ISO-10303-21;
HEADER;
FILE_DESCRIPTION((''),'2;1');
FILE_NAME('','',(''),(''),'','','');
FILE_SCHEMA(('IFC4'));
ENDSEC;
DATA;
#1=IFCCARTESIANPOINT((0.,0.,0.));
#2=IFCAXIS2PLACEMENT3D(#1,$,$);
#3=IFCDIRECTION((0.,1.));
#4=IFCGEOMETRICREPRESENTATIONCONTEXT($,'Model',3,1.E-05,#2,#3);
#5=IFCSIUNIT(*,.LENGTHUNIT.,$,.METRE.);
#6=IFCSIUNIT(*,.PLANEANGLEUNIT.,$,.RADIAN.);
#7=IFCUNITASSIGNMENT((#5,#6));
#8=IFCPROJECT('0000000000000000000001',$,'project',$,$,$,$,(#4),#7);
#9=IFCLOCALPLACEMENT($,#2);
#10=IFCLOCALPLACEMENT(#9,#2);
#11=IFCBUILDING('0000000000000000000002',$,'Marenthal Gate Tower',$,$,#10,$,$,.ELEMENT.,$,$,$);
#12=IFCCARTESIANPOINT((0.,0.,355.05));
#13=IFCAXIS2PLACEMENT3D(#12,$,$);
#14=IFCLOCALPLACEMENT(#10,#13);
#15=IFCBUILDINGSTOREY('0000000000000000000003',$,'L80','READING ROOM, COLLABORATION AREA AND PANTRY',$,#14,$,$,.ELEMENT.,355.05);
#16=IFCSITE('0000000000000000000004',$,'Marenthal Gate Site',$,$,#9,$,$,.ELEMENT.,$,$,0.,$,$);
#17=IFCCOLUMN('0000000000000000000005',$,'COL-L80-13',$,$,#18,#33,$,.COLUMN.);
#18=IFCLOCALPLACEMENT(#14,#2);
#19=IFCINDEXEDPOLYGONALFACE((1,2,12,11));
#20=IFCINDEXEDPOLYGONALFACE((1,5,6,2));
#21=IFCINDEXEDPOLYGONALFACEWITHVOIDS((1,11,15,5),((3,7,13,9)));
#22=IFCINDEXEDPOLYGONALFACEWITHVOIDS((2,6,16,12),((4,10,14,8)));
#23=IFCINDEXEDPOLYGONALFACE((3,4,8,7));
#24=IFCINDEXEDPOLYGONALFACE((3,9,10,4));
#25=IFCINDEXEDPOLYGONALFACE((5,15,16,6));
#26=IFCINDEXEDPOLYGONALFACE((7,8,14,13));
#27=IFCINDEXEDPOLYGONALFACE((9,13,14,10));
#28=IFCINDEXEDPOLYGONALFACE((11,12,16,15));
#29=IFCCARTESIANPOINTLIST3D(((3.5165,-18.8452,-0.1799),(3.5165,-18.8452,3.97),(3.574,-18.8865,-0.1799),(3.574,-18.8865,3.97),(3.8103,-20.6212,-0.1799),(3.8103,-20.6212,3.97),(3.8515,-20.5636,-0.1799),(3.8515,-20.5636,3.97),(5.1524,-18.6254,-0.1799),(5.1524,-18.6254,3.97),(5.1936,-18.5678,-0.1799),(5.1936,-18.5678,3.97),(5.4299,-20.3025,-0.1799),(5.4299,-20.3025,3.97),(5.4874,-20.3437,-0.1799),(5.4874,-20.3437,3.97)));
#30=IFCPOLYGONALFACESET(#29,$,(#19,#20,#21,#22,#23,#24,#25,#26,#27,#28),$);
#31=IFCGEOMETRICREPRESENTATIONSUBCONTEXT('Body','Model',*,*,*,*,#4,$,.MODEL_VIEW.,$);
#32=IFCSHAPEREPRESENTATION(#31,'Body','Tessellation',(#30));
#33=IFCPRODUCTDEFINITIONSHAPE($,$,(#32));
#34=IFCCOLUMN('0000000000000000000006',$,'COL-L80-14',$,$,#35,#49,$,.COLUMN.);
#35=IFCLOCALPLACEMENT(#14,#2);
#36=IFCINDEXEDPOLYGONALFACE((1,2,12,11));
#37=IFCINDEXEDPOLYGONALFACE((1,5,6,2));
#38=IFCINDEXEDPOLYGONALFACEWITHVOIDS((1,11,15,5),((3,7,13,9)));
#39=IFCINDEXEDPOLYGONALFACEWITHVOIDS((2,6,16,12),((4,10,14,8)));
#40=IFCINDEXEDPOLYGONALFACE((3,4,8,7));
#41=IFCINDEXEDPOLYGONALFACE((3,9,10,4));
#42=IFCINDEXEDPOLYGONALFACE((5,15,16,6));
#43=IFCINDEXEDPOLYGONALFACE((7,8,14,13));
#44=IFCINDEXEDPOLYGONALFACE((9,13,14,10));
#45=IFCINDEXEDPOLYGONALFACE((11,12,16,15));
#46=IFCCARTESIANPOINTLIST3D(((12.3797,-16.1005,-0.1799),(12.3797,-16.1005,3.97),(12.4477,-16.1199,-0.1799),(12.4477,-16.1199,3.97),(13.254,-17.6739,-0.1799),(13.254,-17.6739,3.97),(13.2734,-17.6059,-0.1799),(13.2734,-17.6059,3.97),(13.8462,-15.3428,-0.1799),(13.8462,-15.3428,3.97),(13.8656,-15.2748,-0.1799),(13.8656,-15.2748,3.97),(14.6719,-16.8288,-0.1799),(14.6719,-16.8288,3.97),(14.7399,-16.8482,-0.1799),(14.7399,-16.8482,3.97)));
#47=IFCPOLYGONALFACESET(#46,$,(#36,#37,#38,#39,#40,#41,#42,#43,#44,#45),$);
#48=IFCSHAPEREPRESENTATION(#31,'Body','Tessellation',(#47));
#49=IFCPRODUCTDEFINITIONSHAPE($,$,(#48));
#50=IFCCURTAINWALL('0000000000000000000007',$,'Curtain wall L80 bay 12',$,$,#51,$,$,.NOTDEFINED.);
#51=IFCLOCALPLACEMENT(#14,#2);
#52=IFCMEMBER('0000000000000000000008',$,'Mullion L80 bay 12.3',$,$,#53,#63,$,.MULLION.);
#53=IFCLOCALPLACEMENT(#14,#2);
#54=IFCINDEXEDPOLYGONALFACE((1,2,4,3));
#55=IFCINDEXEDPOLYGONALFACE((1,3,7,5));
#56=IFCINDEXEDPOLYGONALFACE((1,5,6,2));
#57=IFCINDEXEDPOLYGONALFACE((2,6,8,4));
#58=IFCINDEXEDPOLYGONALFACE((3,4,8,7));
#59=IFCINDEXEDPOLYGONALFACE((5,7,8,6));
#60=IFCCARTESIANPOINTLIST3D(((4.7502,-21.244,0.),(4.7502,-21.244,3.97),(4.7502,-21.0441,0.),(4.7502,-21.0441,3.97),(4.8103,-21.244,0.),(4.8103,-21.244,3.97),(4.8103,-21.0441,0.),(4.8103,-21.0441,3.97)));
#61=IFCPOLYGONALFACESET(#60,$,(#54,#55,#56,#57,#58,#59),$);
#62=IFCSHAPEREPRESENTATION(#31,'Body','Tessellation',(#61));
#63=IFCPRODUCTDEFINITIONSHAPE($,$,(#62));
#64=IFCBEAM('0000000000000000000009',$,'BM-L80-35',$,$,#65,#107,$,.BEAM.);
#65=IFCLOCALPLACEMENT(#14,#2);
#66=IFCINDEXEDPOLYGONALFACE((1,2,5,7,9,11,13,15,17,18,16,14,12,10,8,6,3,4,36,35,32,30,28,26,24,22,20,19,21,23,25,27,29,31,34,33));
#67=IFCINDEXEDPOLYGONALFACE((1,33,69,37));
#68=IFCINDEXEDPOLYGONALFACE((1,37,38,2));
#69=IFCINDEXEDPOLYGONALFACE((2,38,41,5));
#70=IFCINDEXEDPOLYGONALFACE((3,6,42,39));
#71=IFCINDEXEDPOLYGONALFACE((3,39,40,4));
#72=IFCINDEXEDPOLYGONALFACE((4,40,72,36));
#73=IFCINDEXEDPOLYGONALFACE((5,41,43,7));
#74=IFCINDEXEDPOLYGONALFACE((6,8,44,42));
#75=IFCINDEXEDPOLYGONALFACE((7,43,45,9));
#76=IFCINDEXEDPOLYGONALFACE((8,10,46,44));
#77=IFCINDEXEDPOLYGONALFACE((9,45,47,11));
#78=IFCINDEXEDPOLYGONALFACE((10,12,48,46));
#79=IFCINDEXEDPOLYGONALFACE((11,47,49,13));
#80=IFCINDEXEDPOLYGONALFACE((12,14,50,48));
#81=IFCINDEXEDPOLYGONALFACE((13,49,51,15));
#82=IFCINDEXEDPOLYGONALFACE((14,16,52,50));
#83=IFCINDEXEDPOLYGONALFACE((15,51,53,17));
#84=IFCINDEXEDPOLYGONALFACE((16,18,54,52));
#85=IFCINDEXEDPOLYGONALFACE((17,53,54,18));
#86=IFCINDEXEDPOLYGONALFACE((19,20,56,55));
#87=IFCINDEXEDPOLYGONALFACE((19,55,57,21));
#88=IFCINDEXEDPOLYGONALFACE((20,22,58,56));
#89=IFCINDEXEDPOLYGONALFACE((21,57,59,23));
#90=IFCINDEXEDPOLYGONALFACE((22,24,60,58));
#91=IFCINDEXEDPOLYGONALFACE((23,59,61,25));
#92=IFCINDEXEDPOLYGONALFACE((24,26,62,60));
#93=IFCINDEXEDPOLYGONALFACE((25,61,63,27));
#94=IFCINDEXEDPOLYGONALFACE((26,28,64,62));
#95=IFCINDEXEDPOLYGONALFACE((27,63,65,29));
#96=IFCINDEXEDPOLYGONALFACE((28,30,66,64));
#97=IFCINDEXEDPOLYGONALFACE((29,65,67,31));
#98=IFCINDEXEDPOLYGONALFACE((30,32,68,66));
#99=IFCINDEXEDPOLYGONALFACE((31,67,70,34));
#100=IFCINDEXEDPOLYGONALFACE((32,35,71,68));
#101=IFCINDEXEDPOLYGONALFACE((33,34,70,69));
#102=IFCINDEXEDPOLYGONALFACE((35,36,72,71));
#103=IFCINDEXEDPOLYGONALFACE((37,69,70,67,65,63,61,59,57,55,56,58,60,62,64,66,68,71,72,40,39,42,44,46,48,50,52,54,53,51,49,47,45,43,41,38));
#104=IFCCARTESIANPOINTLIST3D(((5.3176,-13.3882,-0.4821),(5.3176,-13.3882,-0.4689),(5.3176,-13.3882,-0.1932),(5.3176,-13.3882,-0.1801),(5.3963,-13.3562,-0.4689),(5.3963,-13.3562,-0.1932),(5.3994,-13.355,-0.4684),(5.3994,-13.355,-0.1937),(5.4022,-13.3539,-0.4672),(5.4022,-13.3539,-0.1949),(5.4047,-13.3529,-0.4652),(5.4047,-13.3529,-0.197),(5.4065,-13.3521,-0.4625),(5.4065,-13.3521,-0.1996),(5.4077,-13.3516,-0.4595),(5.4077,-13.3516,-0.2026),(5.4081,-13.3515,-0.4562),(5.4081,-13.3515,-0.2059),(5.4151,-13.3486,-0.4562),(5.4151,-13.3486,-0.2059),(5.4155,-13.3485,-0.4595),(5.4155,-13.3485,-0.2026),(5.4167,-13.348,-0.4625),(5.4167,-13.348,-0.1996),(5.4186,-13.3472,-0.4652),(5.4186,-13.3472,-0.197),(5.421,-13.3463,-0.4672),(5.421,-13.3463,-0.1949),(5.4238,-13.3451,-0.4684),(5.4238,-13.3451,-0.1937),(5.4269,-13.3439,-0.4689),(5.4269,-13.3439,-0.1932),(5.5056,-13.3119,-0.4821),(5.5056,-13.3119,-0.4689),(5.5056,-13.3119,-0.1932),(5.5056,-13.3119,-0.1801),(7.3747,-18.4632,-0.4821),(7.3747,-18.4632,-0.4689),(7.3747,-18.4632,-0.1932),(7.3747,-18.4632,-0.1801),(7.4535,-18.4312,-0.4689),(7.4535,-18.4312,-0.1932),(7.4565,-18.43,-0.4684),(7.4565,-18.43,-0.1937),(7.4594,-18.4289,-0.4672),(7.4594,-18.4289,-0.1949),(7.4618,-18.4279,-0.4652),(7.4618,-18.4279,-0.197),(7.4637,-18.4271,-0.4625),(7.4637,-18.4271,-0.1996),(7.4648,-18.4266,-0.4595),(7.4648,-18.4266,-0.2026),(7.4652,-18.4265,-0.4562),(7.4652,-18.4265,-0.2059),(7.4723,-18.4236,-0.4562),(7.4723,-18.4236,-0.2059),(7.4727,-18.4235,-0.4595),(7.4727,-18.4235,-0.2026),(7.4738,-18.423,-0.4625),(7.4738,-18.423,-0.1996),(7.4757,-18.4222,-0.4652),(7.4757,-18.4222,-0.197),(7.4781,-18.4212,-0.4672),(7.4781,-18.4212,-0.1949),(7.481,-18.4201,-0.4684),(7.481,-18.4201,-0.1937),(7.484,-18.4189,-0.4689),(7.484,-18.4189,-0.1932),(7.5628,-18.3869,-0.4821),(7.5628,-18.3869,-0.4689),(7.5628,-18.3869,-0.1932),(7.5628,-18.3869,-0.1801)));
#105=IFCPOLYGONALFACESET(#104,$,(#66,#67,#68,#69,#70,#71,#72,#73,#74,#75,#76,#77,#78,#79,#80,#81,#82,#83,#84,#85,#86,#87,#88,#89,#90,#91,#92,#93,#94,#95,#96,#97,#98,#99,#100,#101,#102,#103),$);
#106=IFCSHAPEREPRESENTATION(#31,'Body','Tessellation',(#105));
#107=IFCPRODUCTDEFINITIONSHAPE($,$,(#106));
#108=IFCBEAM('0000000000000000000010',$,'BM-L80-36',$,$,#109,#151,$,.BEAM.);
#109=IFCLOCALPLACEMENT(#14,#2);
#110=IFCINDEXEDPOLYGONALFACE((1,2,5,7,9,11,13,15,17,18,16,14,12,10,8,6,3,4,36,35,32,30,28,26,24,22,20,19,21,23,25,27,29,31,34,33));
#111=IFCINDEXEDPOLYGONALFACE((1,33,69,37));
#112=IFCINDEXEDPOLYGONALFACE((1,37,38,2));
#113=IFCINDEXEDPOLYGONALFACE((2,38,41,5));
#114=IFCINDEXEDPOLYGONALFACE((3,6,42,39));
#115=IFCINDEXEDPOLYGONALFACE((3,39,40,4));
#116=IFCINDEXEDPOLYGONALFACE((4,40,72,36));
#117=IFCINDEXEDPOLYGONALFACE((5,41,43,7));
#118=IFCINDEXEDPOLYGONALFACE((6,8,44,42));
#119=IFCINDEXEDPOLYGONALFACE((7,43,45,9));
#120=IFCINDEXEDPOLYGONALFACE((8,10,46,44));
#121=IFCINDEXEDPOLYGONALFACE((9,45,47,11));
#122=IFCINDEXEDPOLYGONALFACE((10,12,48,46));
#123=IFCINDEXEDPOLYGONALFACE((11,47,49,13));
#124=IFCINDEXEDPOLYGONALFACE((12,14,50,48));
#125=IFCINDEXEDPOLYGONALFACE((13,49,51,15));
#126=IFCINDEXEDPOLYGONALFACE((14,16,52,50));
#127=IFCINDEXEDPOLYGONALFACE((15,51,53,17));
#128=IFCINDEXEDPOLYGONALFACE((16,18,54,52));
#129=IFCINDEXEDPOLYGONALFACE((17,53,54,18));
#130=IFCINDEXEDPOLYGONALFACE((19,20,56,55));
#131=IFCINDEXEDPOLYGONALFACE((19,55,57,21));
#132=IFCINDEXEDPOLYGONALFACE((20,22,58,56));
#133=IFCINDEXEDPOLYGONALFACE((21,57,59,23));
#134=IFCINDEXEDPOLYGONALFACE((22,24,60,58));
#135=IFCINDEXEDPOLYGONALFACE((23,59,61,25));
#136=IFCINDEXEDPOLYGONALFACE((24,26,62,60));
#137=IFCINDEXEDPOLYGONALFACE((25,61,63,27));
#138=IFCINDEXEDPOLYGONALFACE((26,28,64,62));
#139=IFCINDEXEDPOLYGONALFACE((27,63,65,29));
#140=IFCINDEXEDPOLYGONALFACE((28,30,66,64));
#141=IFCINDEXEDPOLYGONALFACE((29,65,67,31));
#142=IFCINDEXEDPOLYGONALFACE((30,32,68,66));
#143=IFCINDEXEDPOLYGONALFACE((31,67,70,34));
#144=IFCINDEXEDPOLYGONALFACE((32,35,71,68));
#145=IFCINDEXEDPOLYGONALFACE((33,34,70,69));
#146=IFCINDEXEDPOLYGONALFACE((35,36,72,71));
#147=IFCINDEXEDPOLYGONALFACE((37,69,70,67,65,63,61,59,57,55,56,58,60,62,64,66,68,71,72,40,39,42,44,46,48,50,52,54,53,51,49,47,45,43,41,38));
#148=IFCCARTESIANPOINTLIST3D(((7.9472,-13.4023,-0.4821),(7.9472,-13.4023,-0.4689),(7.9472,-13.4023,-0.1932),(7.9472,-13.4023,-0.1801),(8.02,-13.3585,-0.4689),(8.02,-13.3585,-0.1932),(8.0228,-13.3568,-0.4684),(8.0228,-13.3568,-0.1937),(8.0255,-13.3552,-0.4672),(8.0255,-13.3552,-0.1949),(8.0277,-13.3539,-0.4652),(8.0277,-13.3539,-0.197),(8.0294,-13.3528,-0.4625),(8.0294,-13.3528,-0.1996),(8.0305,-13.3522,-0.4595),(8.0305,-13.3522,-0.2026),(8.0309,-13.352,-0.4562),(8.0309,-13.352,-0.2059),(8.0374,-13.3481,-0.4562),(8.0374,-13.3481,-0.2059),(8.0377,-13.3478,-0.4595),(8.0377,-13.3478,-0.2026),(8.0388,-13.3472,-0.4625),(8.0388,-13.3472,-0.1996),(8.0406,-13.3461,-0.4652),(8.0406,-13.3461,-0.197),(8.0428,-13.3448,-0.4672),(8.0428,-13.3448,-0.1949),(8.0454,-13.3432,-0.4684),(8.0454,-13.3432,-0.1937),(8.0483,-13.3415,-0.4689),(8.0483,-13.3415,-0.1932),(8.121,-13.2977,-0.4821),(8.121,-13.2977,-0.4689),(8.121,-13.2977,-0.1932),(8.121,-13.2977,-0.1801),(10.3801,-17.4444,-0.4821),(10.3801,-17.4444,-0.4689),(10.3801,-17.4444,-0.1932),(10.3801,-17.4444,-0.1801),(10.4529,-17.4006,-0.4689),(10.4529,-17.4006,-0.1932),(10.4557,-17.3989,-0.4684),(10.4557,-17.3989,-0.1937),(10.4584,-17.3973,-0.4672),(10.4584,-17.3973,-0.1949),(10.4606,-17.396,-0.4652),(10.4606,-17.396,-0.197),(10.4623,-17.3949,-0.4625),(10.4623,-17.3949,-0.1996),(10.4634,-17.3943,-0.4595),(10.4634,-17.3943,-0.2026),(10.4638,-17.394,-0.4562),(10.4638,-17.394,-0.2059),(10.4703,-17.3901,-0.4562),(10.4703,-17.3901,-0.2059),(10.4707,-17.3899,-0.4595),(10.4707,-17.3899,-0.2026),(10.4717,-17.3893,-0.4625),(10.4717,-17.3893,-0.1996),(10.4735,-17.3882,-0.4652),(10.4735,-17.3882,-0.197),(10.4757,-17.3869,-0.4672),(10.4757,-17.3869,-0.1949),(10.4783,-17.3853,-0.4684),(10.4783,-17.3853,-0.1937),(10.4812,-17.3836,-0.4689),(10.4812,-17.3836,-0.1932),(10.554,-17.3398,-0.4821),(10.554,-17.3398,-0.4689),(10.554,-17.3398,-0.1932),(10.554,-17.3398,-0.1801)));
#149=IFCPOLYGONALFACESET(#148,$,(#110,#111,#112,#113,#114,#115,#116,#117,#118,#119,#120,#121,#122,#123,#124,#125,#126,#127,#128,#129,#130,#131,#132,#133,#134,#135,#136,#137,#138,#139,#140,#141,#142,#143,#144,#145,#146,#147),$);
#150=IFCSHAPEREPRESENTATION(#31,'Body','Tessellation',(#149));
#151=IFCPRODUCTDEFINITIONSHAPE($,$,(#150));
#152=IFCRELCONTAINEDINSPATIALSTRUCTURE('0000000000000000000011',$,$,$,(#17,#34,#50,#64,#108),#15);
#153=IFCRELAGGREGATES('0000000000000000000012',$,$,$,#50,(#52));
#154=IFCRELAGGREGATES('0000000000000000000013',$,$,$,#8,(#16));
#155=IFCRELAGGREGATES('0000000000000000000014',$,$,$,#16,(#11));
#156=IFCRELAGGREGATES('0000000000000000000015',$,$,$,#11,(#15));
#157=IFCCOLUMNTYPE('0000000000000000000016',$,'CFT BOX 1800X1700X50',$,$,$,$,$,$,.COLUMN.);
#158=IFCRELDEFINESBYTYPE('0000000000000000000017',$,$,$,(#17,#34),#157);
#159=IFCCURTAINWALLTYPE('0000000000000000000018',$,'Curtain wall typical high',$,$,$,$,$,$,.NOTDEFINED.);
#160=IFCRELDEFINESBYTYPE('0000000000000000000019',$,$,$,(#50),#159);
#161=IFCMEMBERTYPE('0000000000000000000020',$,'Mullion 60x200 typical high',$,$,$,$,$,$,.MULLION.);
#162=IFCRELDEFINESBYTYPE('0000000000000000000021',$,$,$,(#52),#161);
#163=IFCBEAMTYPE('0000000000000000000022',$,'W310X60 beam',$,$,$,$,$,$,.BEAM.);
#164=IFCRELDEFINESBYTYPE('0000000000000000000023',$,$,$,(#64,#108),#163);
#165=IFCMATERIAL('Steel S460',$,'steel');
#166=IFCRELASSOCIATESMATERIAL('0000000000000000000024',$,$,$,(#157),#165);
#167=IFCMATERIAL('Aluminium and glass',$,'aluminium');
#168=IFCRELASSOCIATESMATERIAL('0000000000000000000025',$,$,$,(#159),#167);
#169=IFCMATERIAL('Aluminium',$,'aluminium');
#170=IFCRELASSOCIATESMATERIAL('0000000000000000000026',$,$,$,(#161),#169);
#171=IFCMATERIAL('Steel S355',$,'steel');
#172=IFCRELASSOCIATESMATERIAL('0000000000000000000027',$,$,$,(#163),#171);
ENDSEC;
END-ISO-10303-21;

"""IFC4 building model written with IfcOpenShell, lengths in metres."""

from ifc_helpers import new_model, si_unit, direction, frame, origin, origin_2d, place, context, subcontext, project, spatial, rectangle, hollow_rectangle, i_section, extrude, material, material_profile, profile_set, type_object, element, aggregate, save


model = new_model("IFC4")

# Units and contexts
model_context = context("Model", 3, precision=1e-05, world=origin(), true_north=direction((0.0, 1.0)))
body_context = subcontext(model_context, "Body", "Model", "MODEL_VIEW")
ifc_project = project(units=[si_unit("LENGTHUNIT", "METRE"), si_unit("PLANEANGLEUNIT", "RADIAN")], contexts=[model_context])

# Site, building, storey
site_placement = place(None, origin())
site = spatial("IfcSite", under=ifc_project, at=site_placement, Name="Marenthal Gate Site", CompositionType="ELEMENT", RefElevation=0.0)
building_placement = place(site_placement, origin())
building = spatial("IfcBuilding", under=site, at=building_placement, Name="Marenthal Gate Tower", CompositionType="ELEMENT")
storey_placement = place(building_placement, frame((0.0, 0.0, 355.05)))
storey = spatial("IfcBuildingStorey", under=building, at=storey_placement, Name="L80", Description="READING ROOM, COLLABORATION AREA AND PANTRY", CompositionType="ELEMENT", Elevation=355.05)

# Columns
ifc_material_1 = material(Name="Steel S460", Category="steel")
ifc_material_profile_1 = material_profile(ifc_material_1, hollow_rectangle(XDim=1.7, YDim=1.8, WallThickness=0.05, at=origin_2d()), Name="CFT BOX 1800X1700X50")
ifc_material_2 = material(Name="Concrete 70 MPa", Category="concrete")
ifc_material_profile_2 = material_profile(ifc_material_2, rectangle(XDim=1.6001, YDim=1.7, at=origin_2d()), Name="CFT BOX 1800X1700X50 INFILL")
ifc_profile_set_1 = profile_set([ifc_material_profile_1, ifc_material_profile_2], Name="Steel S460 shell, Concrete 70 MPa infill")
column_type = type_object("IfcColumnType", Name="CFT BOX 1800X1700X50", PredefinedType="COLUMN", material=ifc_profile_set_1)
for number, where, z_axis, x_axis, name in (
    (1, (4.502, -19.5945, -0.1799), (0.0, 0.0, 1.0), (-0.986593, -0.1632, 0.0), "COL-L80-13"),
    (2, (13.5598, -16.4744, -0.1799), (0.0, 0.0, 1.0), (-0.874116, -0.485718, 0.0), "COL-L80-14"),
):
    element("IfcColumn", number, at=place(storey_placement, frame(where, z_axis=z_axis, x_axis=x_axis)), inside=storey, type_object=column_type, Name=name, PredefinedType="COLUMN", context=body_context, shape_type="SweptSolid", body=[
        extrude(hollow_rectangle(XDim=1.7, YDim=1.8, WallThickness=0.05, at=origin_2d()), origin(), (0.0, 0.0, 1.0), 4.1499),
    ])

# Curtain wall, member
ifc_material_3 = material(Name="Aluminium and glass", Category="aluminium")
curtain_wall_type = type_object("IfcCurtainWallType", Name="Curtain wall typical high", PredefinedType="NOTDEFINED", material=ifc_material_3)
curtain_wall_placement = place(storey_placement, origin())
curtain_wall = element("IfcCurtainWall", 3, at=curtain_wall_placement, inside=storey, type_object=curtain_wall_type, Name="Curtain wall L80 bay 12", PredefinedType="NOTDEFINED")
ifc_material_4 = material(Name="Aluminium", Category="aluminium")
ifc_material_profile_3 = material_profile(ifc_material_4, rectangle(XDim=0.2, YDim=0.0601, at=origin_2d()), Name="60x200 aluminium mullion")
ifc_profile_set_2 = profile_set([ifc_material_profile_3], Name="Aluminium")
member_type = type_object("IfcMemberType", Name="Mullion 60x200 typical high", PredefinedType="MULLION", material=ifc_profile_set_2)
member_placement = place(storey_placement, frame((4.7803, -21.144, 0.0), z_axis=(0.0, 0.0, 1.0), x_axis=(0.0, 1.0, 0.0)))
member = element("IfcMember", 4, at=member_placement, type_object=member_type, Name="Mullion L80 bay 12.3", PredefinedType="MULLION", context=body_context, shape_type="SweptSolid", body=[
    extrude(rectangle(XDim=0.2, YDim=0.0601, at=origin_2d()), origin(), (0.0, 0.0, 1.0), 3.97),
])

# Beams
ifc_material_5 = material(Name="Steel S355", Category="steel")
ifc_material_profile_4 = material_profile(ifc_material_5, i_section(OverallWidth=0.2029, OverallDepth=0.302, WebThickness=0.0076, FlangeThickness=0.0132, FilletRadius=0.0127, at=origin_2d()), Name="W310X60")
ifc_profile_set_3 = profile_set([ifc_material_profile_4], Name="Steel S355")
beam_type_1 = type_object("IfcBeamType", Name="W310X60 beam", PredefinedType="BEAM", material=ifc_profile_set_3)
beam_1_placement = place(storey_placement, frame((7.4688, -18.425, -0.3311), z_axis=(-0.375661, 0.926757, 0.0), x_axis=(-0.926757, -0.375661, 0.0)))
element("IfcBeam", 5, at=beam_1_placement, inside=storey, type_object=beam_type_1, Name="BM-L80-35", PredefinedType="BEAM", context=body_context, shape_type="SweptSolid", body=[
    extrude(i_section(OverallWidth=0.2029, OverallDepth=0.302, WebThickness=0.0076, FlangeThickness=0.0132, FilletRadius=0.0127, at=origin_2d()), origin(), (0.0, 0.0, 1.0), 5.4761),
])
beam_2_placement = place(storey_placement, frame((10.467, -17.3921, -0.3311), z_axis=(-0.51569, 0.856775, 0.0), x_axis=(-0.856775, -0.51569, 0.0)))
element("IfcBeam", 6, at=beam_2_placement, inside=storey, type_object=beam_type_1, Name="BM-L80-36", PredefinedType="BEAM", context=body_context, shape_type="SweptSolid", body=[
    extrude(i_section(OverallWidth=0.2029, OverallDepth=0.302, WebThickness=0.0076, FlangeThickness=0.0132, FilletRadius=0.0127, at=origin_2d()), origin(), (0.0, 0.0, 1.0), 4.7178),
])

aggregate(curtain_wall, [member])

save(model, "model.ifc")
